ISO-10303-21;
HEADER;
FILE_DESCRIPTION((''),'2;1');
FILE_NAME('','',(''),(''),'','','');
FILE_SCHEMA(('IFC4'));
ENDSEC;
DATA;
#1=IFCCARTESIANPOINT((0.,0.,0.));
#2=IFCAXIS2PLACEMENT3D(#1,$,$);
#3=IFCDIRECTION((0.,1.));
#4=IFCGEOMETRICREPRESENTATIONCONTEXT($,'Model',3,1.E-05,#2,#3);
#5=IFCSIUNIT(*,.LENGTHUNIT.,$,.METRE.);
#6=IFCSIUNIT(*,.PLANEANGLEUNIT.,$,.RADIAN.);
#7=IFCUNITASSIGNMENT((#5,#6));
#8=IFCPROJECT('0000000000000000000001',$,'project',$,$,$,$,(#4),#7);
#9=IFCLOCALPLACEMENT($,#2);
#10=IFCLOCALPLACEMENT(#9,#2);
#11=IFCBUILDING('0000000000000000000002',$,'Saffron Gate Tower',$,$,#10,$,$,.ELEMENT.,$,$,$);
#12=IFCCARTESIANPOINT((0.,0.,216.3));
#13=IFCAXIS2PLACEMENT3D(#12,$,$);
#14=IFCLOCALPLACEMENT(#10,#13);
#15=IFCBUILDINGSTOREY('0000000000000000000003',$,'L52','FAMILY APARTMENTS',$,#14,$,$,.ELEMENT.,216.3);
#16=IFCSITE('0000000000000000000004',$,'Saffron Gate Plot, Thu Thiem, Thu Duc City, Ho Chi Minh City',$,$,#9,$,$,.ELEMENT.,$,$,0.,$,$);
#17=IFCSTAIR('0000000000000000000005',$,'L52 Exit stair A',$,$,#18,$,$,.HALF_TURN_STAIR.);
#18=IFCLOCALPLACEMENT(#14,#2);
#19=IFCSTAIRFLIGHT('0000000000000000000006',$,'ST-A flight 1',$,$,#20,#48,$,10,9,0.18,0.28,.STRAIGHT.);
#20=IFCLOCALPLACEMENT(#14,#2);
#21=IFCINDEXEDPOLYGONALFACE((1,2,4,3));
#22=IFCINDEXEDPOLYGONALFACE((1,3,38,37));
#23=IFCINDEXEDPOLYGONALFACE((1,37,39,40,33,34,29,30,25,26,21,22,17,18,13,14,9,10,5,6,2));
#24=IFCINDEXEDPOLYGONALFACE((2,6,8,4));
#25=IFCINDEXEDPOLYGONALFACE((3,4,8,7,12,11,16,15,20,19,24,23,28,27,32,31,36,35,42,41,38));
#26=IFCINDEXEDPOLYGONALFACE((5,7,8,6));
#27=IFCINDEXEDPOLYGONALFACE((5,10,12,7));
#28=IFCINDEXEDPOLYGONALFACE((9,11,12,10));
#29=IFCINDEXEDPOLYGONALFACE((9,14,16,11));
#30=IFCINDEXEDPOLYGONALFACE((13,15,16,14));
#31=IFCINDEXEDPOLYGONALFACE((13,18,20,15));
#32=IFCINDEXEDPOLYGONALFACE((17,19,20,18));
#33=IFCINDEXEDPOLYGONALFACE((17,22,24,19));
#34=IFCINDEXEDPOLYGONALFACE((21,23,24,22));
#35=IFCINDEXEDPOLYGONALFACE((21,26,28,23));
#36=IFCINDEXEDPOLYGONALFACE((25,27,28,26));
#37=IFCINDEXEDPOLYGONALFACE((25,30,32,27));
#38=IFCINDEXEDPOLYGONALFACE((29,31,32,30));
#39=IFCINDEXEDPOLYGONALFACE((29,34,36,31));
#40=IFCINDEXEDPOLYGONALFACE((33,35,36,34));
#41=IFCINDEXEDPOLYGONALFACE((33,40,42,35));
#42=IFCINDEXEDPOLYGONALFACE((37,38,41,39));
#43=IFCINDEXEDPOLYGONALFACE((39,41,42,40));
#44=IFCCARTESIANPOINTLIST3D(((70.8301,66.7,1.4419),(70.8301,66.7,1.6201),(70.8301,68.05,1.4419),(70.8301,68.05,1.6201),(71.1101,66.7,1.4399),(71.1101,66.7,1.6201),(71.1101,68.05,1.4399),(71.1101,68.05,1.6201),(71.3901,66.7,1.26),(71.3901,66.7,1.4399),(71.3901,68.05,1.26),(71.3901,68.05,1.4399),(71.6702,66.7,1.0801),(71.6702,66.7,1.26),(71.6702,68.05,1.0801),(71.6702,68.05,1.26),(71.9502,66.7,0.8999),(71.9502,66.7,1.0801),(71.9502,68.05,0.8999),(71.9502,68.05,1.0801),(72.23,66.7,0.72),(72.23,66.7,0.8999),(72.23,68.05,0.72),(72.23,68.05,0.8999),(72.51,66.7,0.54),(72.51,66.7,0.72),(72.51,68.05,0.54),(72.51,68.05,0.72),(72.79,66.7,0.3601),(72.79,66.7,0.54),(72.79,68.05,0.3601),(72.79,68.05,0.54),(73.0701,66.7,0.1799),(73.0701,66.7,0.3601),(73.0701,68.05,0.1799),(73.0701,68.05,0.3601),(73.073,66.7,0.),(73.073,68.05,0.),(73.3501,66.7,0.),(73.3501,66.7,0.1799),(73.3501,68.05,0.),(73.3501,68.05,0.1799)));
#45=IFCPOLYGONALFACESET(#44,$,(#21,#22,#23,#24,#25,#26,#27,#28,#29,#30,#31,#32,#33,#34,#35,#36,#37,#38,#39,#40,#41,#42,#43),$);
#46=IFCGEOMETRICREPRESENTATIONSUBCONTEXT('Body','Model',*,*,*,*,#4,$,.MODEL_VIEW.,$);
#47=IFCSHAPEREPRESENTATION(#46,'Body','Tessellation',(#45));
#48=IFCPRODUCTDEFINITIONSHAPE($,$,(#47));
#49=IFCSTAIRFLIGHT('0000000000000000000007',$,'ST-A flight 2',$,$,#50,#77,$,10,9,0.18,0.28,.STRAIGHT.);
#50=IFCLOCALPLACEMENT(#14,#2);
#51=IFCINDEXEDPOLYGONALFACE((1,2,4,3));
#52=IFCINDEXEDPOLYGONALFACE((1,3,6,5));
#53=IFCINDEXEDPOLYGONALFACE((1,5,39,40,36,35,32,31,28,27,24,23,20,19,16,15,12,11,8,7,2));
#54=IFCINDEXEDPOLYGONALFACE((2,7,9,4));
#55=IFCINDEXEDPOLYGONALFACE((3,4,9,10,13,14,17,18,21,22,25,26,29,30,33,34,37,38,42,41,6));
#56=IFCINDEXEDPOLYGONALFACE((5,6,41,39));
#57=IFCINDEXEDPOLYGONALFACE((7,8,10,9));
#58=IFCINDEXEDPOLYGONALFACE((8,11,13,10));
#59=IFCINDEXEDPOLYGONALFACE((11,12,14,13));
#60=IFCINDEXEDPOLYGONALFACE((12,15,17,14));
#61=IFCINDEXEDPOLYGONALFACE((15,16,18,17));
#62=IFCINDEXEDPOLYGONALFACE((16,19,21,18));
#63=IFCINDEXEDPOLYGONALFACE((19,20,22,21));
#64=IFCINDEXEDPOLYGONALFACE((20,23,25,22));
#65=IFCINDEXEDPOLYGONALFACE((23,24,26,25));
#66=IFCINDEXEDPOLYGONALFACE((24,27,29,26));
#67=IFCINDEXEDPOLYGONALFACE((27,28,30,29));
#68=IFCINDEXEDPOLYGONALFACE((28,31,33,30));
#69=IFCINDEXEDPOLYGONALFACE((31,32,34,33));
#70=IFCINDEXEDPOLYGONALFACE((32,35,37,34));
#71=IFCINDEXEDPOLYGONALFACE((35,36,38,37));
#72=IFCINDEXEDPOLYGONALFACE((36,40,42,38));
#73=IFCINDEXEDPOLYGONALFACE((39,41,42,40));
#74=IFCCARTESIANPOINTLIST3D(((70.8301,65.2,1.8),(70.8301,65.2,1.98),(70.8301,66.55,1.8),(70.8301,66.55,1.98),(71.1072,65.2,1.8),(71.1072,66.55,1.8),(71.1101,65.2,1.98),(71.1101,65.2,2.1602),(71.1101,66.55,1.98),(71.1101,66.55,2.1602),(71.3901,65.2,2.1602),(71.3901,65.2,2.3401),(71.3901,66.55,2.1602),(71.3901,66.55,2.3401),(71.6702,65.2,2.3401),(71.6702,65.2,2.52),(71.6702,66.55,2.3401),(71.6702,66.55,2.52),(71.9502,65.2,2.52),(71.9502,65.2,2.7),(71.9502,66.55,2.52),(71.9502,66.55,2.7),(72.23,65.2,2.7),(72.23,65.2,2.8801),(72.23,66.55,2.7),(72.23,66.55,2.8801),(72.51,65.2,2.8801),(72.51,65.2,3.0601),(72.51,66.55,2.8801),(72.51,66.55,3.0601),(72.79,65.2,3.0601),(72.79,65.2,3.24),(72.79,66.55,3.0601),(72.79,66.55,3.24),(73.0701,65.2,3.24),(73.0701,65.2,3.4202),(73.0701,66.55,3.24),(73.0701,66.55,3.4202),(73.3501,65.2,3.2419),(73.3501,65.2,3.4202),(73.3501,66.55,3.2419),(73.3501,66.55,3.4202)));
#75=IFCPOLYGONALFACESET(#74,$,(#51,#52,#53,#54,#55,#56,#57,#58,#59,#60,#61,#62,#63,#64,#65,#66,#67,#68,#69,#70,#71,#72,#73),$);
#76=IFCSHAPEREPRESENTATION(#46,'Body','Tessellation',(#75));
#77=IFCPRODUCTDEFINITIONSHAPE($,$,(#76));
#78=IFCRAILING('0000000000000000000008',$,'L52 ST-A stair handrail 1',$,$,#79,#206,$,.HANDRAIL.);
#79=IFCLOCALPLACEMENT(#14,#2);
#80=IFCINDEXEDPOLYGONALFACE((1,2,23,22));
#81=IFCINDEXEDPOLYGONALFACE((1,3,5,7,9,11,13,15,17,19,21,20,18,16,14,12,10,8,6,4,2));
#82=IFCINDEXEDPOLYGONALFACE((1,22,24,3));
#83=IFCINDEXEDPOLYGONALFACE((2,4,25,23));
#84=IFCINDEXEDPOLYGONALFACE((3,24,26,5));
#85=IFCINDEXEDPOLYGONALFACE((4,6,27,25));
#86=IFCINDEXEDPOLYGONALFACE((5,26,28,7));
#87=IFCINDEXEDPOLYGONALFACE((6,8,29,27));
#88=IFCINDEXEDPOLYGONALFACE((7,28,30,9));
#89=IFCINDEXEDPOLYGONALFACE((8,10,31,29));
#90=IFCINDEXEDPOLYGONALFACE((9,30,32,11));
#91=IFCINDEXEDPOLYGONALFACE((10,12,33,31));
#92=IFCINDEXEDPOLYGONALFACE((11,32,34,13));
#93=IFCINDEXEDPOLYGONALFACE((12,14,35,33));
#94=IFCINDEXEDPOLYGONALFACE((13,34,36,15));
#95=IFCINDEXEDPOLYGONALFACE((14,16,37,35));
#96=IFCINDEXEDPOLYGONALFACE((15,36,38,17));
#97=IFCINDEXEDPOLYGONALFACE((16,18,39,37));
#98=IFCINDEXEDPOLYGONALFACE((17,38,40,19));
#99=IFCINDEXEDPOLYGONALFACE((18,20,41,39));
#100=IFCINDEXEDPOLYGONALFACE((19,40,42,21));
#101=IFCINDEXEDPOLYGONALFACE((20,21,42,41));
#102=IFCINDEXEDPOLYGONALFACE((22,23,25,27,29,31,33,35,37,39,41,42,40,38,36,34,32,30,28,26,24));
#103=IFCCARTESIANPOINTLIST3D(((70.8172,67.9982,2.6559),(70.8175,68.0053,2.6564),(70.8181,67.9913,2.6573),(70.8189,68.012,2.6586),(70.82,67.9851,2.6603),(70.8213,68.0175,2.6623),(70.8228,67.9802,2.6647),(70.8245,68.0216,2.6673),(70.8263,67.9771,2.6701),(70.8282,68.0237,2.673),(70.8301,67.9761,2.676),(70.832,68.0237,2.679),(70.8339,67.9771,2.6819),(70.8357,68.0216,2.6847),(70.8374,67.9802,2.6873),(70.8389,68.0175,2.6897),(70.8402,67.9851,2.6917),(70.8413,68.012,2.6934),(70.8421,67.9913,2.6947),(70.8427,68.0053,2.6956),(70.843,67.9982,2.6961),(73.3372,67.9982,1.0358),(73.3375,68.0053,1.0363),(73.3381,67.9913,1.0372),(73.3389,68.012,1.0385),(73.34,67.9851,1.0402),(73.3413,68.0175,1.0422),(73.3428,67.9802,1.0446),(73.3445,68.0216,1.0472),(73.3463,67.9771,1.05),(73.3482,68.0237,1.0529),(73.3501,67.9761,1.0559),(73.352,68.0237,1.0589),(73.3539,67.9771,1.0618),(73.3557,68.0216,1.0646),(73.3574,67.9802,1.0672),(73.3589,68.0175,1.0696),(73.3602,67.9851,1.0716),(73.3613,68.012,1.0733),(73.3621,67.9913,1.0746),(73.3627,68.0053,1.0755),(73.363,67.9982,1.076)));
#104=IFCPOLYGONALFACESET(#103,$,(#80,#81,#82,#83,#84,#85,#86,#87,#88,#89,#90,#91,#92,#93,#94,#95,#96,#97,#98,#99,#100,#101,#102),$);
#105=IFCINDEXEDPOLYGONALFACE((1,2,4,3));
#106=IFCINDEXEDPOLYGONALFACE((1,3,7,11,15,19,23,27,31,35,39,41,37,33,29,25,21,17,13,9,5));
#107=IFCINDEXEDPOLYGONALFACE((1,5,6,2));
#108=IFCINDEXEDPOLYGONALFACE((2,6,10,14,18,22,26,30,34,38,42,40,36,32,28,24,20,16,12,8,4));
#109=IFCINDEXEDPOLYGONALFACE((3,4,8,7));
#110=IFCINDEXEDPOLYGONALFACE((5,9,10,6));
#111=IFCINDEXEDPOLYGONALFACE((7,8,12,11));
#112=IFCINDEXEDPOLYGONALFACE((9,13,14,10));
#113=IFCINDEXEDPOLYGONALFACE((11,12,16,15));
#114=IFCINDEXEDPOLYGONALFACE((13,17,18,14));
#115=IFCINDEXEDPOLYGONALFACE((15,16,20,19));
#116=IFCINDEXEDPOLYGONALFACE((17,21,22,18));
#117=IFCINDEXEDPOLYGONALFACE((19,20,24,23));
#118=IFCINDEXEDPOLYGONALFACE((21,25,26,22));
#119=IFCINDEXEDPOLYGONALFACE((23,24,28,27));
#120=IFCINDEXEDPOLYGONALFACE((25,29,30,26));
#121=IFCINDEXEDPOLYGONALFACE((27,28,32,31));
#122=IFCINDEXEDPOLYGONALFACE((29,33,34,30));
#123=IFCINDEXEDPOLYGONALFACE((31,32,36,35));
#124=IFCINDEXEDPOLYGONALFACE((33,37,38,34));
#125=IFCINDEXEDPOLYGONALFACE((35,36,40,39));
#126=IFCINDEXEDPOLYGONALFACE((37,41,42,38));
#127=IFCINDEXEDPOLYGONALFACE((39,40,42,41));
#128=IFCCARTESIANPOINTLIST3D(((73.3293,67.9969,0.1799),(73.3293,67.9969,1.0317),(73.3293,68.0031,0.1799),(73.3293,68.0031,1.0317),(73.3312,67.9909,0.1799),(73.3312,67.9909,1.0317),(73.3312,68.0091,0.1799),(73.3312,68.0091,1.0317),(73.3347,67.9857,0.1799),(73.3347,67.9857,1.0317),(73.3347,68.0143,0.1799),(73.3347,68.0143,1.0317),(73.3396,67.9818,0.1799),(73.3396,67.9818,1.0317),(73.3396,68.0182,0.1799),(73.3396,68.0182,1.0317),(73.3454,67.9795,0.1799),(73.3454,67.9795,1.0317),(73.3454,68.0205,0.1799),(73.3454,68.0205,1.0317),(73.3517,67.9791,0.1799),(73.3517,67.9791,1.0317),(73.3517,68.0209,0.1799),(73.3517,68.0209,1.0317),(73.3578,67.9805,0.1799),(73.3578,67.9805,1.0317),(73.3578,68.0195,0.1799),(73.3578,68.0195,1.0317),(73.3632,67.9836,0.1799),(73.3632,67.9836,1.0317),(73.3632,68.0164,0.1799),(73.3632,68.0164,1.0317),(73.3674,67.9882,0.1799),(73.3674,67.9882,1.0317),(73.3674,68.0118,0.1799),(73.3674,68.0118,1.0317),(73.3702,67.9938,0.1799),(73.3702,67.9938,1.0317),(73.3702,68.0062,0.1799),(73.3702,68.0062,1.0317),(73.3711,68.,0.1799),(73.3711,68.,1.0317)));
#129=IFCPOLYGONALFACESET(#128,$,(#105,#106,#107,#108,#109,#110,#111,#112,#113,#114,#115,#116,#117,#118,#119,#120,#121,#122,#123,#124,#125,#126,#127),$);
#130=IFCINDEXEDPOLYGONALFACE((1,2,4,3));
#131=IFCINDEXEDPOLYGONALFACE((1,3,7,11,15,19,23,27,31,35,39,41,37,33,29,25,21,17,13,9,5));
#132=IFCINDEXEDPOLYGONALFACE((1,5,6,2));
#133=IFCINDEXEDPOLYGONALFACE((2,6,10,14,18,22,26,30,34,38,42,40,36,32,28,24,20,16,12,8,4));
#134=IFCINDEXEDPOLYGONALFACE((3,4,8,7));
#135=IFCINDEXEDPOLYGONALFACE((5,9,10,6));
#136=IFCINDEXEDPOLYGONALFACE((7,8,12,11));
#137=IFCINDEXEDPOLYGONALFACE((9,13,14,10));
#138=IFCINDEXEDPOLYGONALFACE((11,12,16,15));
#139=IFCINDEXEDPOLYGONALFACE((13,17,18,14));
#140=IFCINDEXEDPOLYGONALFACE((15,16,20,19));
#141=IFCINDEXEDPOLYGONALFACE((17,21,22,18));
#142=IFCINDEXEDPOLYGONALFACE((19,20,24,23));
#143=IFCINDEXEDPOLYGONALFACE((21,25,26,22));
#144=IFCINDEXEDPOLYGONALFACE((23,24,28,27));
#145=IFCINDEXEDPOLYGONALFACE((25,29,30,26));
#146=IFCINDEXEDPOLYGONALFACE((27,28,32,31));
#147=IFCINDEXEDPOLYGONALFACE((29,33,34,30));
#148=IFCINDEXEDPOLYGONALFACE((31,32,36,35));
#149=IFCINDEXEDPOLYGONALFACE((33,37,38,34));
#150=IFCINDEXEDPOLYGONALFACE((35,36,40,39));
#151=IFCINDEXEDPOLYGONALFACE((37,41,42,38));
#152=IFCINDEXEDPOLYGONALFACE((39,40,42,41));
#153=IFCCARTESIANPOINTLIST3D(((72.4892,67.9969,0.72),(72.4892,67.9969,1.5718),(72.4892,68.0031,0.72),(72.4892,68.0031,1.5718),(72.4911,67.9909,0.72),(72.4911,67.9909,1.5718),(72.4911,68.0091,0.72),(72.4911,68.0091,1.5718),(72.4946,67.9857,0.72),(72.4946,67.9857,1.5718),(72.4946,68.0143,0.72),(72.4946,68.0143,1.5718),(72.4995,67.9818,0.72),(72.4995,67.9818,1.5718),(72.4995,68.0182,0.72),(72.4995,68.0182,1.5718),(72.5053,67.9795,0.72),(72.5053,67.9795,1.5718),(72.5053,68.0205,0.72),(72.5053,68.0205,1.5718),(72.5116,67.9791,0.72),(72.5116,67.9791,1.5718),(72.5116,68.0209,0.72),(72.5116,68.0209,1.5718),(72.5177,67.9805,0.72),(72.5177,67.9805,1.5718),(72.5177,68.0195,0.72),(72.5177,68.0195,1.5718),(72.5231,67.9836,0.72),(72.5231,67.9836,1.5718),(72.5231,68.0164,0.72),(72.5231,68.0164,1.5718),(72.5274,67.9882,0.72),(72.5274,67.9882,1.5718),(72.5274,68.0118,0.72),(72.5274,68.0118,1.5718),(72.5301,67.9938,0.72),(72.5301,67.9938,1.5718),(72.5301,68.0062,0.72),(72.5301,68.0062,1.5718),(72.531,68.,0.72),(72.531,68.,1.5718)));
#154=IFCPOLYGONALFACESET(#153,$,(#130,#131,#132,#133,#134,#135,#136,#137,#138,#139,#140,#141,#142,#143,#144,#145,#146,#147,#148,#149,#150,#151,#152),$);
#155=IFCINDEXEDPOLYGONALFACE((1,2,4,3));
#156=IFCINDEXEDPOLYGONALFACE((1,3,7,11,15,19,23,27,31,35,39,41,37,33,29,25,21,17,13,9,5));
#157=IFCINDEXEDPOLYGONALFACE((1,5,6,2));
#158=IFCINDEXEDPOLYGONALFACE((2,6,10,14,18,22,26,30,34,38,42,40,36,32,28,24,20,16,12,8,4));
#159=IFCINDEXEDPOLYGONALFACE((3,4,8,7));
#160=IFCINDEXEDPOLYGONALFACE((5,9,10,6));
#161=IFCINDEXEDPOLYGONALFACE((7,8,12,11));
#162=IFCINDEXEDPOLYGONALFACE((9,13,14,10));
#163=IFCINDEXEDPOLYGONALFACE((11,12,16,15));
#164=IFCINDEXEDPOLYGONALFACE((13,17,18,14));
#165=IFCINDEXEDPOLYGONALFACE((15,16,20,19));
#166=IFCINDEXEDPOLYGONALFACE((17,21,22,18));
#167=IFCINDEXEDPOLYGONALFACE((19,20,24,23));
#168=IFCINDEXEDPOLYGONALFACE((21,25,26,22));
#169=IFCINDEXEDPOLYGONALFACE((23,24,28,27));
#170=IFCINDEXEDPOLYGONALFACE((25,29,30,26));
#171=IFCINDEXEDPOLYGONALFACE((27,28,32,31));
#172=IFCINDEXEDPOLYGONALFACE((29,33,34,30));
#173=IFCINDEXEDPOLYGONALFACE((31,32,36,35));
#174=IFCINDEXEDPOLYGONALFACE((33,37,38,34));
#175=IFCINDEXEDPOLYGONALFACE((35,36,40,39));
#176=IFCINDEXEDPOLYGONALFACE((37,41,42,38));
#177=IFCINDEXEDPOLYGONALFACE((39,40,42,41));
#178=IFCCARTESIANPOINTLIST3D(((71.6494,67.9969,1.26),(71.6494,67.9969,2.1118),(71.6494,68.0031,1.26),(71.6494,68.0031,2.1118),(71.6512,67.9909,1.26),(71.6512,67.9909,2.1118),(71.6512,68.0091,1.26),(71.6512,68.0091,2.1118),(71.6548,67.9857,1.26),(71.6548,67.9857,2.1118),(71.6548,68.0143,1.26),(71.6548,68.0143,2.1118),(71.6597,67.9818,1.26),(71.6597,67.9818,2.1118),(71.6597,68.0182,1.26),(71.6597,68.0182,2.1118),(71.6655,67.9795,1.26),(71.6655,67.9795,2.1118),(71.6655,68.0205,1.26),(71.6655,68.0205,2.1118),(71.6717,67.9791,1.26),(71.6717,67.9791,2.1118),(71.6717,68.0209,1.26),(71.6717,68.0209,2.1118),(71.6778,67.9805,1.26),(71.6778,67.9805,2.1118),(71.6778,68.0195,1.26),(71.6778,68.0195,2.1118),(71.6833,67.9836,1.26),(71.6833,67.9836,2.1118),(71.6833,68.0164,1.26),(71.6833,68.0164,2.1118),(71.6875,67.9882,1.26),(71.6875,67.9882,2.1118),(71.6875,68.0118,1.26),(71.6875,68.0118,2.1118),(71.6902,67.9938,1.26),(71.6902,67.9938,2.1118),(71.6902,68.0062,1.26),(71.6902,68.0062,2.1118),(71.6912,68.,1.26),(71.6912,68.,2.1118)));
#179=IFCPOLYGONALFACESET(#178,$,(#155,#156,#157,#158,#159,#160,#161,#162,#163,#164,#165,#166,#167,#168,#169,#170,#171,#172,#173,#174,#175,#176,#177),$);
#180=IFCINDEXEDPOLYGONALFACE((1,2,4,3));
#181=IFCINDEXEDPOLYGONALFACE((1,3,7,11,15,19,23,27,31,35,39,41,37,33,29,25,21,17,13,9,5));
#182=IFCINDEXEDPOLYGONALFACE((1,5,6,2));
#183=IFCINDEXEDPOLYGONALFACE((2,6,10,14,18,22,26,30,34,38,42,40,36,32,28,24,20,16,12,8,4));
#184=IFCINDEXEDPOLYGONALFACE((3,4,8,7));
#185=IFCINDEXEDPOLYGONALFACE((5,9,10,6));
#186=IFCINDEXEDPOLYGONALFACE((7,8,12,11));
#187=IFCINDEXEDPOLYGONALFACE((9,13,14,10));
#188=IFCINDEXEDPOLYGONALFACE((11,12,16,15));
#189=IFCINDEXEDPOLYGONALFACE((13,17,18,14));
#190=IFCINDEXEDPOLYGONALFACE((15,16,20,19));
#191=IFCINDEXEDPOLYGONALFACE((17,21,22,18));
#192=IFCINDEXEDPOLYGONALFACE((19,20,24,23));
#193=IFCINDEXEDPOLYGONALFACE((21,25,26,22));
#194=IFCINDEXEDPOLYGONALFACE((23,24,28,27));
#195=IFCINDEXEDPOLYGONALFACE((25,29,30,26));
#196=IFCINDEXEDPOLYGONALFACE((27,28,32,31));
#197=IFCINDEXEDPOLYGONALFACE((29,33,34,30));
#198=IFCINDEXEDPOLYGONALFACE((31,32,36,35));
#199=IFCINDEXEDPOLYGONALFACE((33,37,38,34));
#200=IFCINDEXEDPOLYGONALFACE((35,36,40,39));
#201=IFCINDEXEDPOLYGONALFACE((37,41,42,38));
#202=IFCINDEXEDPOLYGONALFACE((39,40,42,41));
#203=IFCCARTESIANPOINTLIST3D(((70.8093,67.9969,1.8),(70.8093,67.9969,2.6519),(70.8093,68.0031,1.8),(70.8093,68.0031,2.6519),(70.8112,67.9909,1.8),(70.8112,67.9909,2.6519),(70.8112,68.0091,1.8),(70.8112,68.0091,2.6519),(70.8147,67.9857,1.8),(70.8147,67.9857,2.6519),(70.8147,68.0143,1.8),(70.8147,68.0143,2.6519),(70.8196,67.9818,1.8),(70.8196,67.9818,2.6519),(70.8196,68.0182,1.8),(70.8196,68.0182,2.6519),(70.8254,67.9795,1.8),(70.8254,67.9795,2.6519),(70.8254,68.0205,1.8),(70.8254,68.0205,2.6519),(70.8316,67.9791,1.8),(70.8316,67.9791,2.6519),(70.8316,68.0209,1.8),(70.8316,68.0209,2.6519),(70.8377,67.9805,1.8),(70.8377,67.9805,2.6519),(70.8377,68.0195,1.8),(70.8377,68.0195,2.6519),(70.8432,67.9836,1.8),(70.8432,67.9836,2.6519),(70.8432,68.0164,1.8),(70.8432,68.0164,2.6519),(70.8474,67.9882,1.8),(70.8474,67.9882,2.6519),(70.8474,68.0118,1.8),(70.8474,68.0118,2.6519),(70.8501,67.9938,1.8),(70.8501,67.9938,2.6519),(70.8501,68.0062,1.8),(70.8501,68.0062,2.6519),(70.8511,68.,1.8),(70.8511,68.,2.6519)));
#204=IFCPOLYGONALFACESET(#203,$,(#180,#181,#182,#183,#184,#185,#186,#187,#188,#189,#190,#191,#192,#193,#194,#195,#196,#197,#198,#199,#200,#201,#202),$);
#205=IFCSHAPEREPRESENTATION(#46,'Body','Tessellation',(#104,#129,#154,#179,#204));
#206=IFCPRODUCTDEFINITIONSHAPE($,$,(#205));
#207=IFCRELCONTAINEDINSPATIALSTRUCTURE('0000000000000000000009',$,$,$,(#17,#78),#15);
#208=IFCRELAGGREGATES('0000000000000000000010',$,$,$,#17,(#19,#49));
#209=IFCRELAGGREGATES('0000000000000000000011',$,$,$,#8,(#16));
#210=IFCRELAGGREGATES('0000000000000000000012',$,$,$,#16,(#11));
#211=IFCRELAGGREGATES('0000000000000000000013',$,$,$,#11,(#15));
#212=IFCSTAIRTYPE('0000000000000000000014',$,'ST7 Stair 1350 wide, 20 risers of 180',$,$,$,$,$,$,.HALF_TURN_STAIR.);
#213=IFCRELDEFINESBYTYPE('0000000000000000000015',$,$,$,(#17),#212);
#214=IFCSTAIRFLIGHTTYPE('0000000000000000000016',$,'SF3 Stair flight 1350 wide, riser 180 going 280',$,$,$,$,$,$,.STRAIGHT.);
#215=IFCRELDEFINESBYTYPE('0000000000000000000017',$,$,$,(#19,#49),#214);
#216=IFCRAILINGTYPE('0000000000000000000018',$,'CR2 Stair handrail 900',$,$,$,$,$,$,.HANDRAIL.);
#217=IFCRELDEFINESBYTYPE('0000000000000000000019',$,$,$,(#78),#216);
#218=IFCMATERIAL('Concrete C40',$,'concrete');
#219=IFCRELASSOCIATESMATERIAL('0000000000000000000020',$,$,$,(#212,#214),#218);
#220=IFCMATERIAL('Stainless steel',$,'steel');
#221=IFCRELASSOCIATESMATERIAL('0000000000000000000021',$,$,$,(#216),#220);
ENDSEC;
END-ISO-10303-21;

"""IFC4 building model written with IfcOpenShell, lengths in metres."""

from ifc_helpers import new_model, si_unit, direction, frame, origin, origin_2d, place, context, subcontext, project, spatial, polyline, circle, outline, extrude, material, type_object, element, aggregate, save


model = new_model("IFC4")

# Units and contexts
model_context = context("Model", 3, precision=1e-05, world=origin(), true_north=direction((0.0, 1.0)))
body_context = subcontext(model_context, "Body", "Model", "MODEL_VIEW")
ifc_project = project(units=[si_unit("LENGTHUNIT", "METRE"), si_unit("PLANEANGLEUNIT", "RADIAN")], contexts=[model_context])

# Site, building, storey
site_placement = place(None, origin())
site = spatial("IfcSite", under=ifc_project, at=site_placement, Name="Saffron Gate Plot, Thu Thiem, Thu Duc City, Ho Chi Minh City", CompositionType="ELEMENT", RefElevation=0.0)
building_placement = place(site_placement, origin())
building = spatial("IfcBuilding", under=site, at=building_placement, Name="Saffron Gate Tower", CompositionType="ELEMENT")
storey_placement = place(building_placement, frame((0.0, 0.0, 216.3)))
storey = spatial("IfcBuildingStorey", under=building, at=storey_placement, Name="L52", Description="FAMILY APARTMENTS", CompositionType="ELEMENT", Elevation=216.3)

# Stair, stair flights
ifc_material_1 = material(Name="Concrete C40", Category="concrete")
stair_type = type_object("IfcStairType", Name="ST7 Stair 1350 wide, 20 risers of 180", PredefinedType="HALF_TURN_STAIR", material=ifc_material_1)
stair_placement = place(storey_placement, origin())
stair = element("IfcStair", 1, at=stair_placement, inside=storey, type_object=stair_type, Name="L52 Exit stair A", PredefinedType="HALF_TURN_STAIR")
stair_flight_type = type_object("IfcStairFlightType", Name="SF3 Stair flight 1350 wide, riser 180 going 280", PredefinedType="STRAIGHT", material=ifc_material_1)
stair_flight_1_placement = place(storey_placement, frame((73.3501, 67.375, 0.0), z_axis=(0.0, 0.0, 1.0), x_axis=(-1.0, 0.0, 0.0)))
stair_flight_1 = element("IfcStairFlight", 2, at=stair_flight_1_placement, type_object=stair_flight_type, Name="ST-A flight 1", NumberOfRisers=10, NumberOfTreads=9, PredefinedType="STRAIGHT", RiserHeight=0.18, TreadLength=0.28, context=body_context, shape_type="SweptSolid", body=[
    extrude(outline(polyline([(0.0, 0.0), (0.0, 0.1799), (0.28, 0.1799), (0.28, 0.3601), (0.5601, 0.3601), (0.5601, 0.54), (0.8401, 0.54), (0.8401, 0.72), (1.1201, 0.72), (1.1201, 0.8999), (1.3999, 0.8999), (1.3999, 1.0801), (1.6799, 1.0801), (1.6799, 1.26), (1.96, 1.26), (1.96, 1.4399), (2.24, 1.4399), (2.24, 1.6201), (2.52, 1.6201), (2.52, 1.8), (2.52, 1.4419), (0.2771, 0.0), (0.0, 0.0)])), frame((0.0, 0.675, 0.0), z_axis=(0.0, -1.0, 0.0), x_axis=(1.0, 0.0, 0.0)), (0.0, 0.0, 1.0), 1.3501),
])
stair_flight_2_placement = place(storey_placement, frame((70.8301, 65.875, 1.8), z_axis=(0.0, 0.0, 1.0), x_axis=(1.0, 0.0, 0.0)))
stair_flight_2 = element("IfcStairFlight", 3, at=stair_flight_2_placement, type_object=stair_flight_type, Name="ST-A flight 2", NumberOfRisers=10, NumberOfTreads=9, PredefinedType="STRAIGHT", RiserHeight=0.18, TreadLength=0.28, context=body_context, shape_type="SweptSolid", body=[
    extrude(outline(polyline([(0.0, 0.0), (0.0, 0.1799), (0.28, 0.1799), (0.28, 0.3601), (0.5601, 0.3601), (0.5601, 0.54), (0.8401, 0.54), (0.8401, 0.72), (1.1201, 0.72), (1.1201, 0.8999), (1.3999, 0.8999), (1.3999, 1.0801), (1.6799, 1.0801), (1.6799, 1.26), (1.96, 1.26), (1.96, 1.4399), (2.24, 1.4399), (2.24, 1.6201), (2.52, 1.6201), (2.52, 1.8), (2.52, 1.4419), (0.2771, 0.0), (0.0, 0.0)])), frame((0.0, 0.675, 0.0), z_axis=(0.0, -1.0, 0.0), x_axis=(1.0, 0.0, 0.0)), (0.0, 0.0, 1.0), 1.3501),
])
aggregate(stair, [stair_flight_1, stair_flight_2])

# Railing
ifc_material_2 = material(Name="Stainless steel", Category="steel")
railing_type_1 = type_object("IfcRailingType", Name="CR2 Stair handrail 900", PredefinedType="HANDRAIL", material=ifc_material_2)
railing_1_placement = place(storey_placement, frame((73.3501, 68.0, 0.1799)))
element("IfcRailing", 4, at=railing_1_placement, inside=storey, type_object=railing_type_1, Name="L52 ST-A stair handrail 1", PredefinedType="HANDRAIL", context=body_context, shape_type="SweptSolid", body=[
    extrude(circle(Radius=0.0239, at=origin_2d()), frame((0.0, 0.0, 0.876), z_axis=(-0.841163, 0.0, 0.540782), x_axis=(0.0, -1.0, 0.0)), (0.0, 0.0, 1.0), 2.9958),
    extrude(circle(Radius=0.021, at=origin_2d()), origin(), (0.0, 0.0, 1.0), 0.8518),
    extrude(circle(Radius=0.021, at=origin_2d()), frame((-0.8401, 0.0, 0.54)), (0.0, 0.0, 1.0), 0.8518),
    extrude(circle(Radius=0.021, at=origin_2d()), frame((-1.6799, 0.0, 1.0801)), (0.0, 0.0, 1.0), 0.8518),
    extrude(circle(Radius=0.021, at=origin_2d()), frame((-2.52, 0.0, 1.6201)), (0.0, 0.0, 1.0), 0.8518),
])

save(model, "model.ifc")
